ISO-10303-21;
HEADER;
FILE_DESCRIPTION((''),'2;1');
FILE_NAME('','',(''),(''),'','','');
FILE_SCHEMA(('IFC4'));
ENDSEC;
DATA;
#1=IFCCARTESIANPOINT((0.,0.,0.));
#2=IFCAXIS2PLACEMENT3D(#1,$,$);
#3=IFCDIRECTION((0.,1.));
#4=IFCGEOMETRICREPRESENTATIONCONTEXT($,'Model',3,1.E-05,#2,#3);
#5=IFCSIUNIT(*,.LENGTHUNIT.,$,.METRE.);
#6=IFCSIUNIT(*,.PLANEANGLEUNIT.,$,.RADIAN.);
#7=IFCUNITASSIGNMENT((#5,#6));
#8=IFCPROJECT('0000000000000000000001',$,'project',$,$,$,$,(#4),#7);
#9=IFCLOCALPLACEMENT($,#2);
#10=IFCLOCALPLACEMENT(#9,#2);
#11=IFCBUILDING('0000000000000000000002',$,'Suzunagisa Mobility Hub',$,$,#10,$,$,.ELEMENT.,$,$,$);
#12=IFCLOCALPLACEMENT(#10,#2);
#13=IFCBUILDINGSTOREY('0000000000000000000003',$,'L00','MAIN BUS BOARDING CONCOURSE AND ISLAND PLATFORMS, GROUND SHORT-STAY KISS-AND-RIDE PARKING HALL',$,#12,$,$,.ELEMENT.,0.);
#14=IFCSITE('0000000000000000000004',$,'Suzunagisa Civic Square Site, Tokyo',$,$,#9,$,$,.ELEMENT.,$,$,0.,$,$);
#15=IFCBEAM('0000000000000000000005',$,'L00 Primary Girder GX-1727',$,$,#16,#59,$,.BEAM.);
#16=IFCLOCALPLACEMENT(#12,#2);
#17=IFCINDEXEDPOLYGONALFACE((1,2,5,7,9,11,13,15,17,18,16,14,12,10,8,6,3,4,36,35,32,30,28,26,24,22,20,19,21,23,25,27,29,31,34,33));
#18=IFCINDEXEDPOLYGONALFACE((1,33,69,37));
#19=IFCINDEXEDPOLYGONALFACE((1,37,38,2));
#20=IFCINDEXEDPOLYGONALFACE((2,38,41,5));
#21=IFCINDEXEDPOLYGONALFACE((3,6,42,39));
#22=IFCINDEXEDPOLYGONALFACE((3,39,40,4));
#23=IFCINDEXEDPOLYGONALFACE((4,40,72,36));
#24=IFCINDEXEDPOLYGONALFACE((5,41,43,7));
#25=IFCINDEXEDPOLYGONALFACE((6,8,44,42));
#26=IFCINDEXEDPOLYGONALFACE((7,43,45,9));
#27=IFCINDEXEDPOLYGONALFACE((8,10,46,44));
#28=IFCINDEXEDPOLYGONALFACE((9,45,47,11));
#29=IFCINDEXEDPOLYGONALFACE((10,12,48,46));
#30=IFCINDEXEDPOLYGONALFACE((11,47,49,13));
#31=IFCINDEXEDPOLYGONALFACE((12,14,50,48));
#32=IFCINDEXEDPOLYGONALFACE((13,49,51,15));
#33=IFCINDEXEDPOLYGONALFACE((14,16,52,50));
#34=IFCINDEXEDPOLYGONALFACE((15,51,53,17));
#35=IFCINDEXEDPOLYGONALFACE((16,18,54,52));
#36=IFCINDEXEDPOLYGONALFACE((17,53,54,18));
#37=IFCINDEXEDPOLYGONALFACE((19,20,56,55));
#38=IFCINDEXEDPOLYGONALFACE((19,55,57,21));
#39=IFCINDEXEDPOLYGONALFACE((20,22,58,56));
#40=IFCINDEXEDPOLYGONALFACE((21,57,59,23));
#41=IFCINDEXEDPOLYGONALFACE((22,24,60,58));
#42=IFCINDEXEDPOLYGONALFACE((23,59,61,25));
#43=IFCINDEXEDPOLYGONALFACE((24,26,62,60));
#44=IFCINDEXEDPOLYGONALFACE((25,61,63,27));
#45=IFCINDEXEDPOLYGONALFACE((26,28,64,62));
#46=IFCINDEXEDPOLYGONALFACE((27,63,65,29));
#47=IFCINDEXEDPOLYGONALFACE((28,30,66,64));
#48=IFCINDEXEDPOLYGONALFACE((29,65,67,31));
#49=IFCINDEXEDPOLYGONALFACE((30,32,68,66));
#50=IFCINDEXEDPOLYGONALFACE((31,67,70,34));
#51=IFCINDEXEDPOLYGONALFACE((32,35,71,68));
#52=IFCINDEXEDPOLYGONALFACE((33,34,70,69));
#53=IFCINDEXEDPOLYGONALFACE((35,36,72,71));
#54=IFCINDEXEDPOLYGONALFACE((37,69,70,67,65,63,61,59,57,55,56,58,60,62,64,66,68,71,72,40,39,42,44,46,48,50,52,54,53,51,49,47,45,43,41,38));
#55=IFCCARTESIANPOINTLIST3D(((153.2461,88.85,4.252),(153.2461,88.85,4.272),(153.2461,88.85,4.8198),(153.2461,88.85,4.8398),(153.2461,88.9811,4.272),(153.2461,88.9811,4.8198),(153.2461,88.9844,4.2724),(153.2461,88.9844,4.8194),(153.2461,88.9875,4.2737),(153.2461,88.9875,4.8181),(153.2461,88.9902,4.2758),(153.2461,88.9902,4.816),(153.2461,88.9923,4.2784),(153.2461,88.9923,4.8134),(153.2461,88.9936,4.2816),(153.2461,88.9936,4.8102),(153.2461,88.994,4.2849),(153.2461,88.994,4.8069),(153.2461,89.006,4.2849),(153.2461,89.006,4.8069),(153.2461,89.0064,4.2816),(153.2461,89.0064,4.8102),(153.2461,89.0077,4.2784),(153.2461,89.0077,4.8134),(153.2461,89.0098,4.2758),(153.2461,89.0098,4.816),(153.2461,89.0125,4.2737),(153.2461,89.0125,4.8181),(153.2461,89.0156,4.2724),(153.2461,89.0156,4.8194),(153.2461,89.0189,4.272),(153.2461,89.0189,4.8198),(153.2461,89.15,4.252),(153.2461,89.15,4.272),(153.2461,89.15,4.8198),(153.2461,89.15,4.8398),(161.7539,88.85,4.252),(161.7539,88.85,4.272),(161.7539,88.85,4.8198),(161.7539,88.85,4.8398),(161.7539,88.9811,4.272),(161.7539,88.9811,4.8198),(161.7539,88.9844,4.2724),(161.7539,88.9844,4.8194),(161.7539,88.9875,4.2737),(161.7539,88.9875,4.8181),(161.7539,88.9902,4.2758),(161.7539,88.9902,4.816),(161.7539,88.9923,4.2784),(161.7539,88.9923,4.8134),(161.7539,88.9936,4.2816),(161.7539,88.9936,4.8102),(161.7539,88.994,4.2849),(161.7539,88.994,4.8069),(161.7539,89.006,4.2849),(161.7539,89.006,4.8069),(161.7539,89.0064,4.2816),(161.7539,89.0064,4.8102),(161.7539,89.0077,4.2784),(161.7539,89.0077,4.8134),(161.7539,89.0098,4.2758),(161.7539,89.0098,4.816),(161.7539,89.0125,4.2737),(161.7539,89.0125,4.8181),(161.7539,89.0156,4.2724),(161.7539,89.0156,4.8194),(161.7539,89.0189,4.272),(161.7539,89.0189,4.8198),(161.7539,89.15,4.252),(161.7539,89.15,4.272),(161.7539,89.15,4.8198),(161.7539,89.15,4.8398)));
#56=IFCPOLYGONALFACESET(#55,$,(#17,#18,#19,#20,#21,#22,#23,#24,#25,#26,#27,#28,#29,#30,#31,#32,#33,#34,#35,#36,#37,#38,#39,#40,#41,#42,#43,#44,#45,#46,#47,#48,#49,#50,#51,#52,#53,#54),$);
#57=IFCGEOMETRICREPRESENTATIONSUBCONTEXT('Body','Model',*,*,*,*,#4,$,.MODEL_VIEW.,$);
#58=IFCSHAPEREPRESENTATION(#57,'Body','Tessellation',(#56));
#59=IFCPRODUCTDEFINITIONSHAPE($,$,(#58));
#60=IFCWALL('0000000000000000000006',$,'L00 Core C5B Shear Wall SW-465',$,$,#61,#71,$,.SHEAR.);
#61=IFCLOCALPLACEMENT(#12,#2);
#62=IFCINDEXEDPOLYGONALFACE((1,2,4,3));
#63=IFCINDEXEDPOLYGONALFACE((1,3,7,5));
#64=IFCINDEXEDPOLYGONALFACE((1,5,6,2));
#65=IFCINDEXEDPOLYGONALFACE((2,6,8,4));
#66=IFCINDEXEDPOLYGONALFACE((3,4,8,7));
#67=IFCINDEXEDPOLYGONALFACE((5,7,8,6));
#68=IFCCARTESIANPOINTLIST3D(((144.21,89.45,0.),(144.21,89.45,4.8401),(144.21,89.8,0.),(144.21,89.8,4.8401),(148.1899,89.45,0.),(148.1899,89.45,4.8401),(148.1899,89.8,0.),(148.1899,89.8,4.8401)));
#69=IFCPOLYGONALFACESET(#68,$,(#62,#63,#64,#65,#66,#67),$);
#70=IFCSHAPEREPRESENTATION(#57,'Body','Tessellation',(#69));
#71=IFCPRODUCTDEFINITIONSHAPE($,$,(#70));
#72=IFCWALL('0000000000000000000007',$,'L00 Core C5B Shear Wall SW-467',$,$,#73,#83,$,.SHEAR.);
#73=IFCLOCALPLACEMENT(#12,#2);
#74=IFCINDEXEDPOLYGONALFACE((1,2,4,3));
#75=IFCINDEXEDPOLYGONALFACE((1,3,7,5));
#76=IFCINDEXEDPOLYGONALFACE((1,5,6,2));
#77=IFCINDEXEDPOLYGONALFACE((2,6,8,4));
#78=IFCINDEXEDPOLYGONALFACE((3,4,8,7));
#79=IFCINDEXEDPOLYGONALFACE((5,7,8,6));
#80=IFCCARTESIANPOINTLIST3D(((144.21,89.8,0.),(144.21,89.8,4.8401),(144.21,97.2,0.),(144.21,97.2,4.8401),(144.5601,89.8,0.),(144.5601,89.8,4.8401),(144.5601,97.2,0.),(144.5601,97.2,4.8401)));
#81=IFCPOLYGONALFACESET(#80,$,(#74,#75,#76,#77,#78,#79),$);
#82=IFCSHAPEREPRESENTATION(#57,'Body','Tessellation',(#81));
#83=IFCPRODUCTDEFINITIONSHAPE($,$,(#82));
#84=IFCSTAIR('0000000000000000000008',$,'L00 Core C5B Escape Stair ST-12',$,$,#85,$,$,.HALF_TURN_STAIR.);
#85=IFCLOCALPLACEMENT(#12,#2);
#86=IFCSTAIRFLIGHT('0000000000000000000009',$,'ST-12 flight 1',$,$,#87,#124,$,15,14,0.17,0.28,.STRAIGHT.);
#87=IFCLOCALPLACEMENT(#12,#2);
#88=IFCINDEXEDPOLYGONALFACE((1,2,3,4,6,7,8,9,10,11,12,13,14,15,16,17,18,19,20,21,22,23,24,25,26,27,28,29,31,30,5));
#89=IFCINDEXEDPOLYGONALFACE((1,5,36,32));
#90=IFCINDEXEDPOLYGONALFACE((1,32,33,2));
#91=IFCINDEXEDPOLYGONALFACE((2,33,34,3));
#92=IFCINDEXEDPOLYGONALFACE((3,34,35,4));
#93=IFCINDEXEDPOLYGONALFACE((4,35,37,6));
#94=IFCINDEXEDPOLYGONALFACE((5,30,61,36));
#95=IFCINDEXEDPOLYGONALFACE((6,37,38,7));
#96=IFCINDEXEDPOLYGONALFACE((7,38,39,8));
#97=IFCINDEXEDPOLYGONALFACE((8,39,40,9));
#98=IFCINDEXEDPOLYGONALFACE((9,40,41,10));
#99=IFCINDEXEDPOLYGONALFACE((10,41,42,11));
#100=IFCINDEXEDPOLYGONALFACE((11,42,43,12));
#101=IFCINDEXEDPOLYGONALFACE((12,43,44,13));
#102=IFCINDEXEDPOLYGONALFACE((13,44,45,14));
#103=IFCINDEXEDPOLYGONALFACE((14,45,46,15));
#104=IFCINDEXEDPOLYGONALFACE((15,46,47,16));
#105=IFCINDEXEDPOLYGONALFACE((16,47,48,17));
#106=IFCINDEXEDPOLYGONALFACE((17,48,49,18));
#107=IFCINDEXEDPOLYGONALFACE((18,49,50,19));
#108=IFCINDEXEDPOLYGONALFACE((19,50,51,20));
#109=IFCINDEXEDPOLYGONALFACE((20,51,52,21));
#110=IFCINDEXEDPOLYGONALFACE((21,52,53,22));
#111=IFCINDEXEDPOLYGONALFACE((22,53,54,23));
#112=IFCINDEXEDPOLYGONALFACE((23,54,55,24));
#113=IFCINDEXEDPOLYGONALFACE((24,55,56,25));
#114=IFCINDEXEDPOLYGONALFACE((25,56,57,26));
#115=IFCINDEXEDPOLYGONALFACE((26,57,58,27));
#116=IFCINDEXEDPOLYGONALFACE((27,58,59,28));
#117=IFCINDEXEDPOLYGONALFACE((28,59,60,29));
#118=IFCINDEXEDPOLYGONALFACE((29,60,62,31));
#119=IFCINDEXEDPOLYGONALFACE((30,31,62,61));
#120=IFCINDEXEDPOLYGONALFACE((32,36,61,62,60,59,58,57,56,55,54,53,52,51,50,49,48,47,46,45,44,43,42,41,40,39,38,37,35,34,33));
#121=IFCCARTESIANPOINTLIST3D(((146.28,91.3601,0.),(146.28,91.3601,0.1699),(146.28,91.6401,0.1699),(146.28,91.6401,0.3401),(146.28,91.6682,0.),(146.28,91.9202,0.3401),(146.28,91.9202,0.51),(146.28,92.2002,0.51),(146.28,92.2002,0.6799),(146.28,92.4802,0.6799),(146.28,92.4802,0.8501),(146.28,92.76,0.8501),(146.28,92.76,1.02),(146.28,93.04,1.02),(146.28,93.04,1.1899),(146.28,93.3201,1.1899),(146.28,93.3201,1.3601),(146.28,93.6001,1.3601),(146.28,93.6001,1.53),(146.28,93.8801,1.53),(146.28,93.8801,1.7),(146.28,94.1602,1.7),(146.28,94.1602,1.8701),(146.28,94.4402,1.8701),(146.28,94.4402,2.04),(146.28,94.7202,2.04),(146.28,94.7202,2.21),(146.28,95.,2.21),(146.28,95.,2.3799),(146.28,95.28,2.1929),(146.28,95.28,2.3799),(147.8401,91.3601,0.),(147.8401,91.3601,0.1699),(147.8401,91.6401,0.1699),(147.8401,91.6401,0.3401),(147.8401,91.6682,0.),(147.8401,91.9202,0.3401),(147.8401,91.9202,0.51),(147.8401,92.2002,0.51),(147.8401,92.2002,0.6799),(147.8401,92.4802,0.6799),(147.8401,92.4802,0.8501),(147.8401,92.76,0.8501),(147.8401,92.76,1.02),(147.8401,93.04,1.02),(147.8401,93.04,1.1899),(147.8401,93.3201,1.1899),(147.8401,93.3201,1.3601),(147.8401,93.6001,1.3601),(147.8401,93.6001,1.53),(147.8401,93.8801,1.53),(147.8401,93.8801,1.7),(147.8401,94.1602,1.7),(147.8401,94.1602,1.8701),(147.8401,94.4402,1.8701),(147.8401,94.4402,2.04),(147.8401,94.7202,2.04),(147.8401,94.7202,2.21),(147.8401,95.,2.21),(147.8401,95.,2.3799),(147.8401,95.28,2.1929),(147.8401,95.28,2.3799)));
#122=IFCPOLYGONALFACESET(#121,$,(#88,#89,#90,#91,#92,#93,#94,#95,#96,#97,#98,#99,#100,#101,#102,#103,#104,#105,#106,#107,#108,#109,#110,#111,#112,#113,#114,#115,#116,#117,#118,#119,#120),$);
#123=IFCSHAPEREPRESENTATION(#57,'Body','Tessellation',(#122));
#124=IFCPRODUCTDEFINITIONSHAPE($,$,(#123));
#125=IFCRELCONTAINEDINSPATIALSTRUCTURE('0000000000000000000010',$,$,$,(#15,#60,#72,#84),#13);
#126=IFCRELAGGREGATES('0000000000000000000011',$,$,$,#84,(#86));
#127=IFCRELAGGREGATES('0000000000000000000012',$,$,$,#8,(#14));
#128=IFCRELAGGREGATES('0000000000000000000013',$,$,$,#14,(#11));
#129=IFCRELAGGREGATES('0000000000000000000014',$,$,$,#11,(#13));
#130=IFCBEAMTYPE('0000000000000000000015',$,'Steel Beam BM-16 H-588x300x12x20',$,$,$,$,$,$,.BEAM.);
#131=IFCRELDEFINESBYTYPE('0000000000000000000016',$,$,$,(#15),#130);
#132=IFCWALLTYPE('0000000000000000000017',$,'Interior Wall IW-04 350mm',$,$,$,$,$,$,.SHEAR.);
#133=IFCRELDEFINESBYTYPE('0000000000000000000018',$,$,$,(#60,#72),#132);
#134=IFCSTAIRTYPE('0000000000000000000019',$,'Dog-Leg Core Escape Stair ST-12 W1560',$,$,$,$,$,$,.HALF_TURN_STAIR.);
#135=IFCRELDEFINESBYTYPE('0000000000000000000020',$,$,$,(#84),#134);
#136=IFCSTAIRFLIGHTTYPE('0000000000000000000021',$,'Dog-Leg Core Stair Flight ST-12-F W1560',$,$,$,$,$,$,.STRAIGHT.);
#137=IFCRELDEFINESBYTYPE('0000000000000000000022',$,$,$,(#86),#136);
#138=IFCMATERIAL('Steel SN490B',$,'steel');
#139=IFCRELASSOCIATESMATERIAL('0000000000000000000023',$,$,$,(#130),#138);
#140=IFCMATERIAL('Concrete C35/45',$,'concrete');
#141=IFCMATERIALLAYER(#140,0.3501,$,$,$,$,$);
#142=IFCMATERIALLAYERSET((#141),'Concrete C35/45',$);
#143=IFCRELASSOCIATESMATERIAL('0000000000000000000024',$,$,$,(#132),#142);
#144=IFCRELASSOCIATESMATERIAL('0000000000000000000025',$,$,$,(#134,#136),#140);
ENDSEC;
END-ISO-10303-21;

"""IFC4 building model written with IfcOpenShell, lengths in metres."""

from ifc_helpers import new_model, si_unit, direction, frame, frame_2d, origin, origin_2d, place, context, subcontext, project, spatial, polyline, rectangle, i_section, outline, extrude, material, layer, layer_set, material_profile, profile_set, type_object, element, aggregate, save


model = new_model("IFC4")

# Units and contexts
model_context = context("Model", 3, precision=1e-05, world=origin(), true_north=direction((0.0, 1.0)))
body_context = subcontext(model_context, "Body", "Model", "MODEL_VIEW")
ifc_project = project(units=[si_unit("LENGTHUNIT", "METRE"), si_unit("PLANEANGLEUNIT", "RADIAN")], contexts=[model_context])

# Site, building, storey
site_placement = place(None, origin())
site = spatial("IfcSite", under=ifc_project, at=site_placement, Name="Suzunagisa Civic Square Site, Tokyo", CompositionType="ELEMENT", RefElevation=0.0)
building_placement = place(site_placement, origin())
building = spatial("IfcBuilding", under=site, at=building_placement, Name="Suzunagisa Mobility Hub", CompositionType="ELEMENT")
storey_placement = place(building_placement, origin())
storey = spatial("IfcBuildingStorey", under=building, at=storey_placement, Name="L00", Description="MAIN BUS BOARDING CONCOURSE AND ISLAND PLATFORMS, GROUND SHORT-STAY KISS-AND-RIDE PARKING HALL", CompositionType="ELEMENT", Elevation=0.0)

# Shared definitions
ifc_material_1 = material(Name="Steel SN490B", Category="steel")

# Beam
ifc_material_profile_1 = material_profile(ifc_material_1, i_section(OverallWidth=0.3, OverallDepth=0.5879, WebThickness=0.012, FlangeThickness=0.02, FilletRadius=0.0129, at=origin_2d()), Name="H-588x300x12x20")
ifc_profile_set_1 = profile_set([ifc_material_profile_1], Name="Steel SN490B")
beam_type_1 = type_object("IfcBeamType", Name="Steel Beam BM-16 H-588x300x12x20", PredefinedType="BEAM", material=ifc_profile_set_1)
for number, where, z_axis, x_axis, name in (
    (1, (153.2461, 89.0, 4.5459), (1.0, 0.0, 0.0), (0.0, 1.0, 0.0), "L00 Primary Girder GX-1727"),
):
    element("IfcBeam", number, at=place(storey_placement, frame(where, z_axis=z_axis, x_axis=x_axis)), inside=storey, type_object=beam_type_1, Name=name, PredefinedType="BEAM", context=body_context, shape_type="SweptSolid", body=[
        extrude(i_section(OverallWidth=0.3, OverallDepth=0.5879, WebThickness=0.012, FlangeThickness=0.02, FilletRadius=0.0129, at=origin_2d()), origin(), (0.0, 0.0, 1.0), 8.5078),
    ])

# Walls
ifc_material_2 = material(Name="Concrete C35/45", Category="concrete")
ifc_layer = layer(ifc_material_2, 0.3501)
ifc_layer_set = layer_set([ifc_layer], Name="Concrete C35/45")
wall_type = type_object("IfcWallType", Name="Interior Wall IW-04 350mm", PredefinedType="SHEAR", material=ifc_layer_set)
wall_1_placement = place(storey_placement, frame((144.21, 89.625, 0.0), z_axis=(0.0, 0.0, 1.0), x_axis=(1.0, 0.0, 0.0)))
element("IfcWall", 2, at=wall_1_placement, inside=storey, type_object=wall_type, Name="L00 Core C5B Shear Wall SW-465", PredefinedType="SHEAR", context=body_context, shape_type="SweptSolid", body=[
    extrude(rectangle(XDim=3.98, YDim=0.3501, at=frame_2d((1.99, 0.0))), origin(), (0.0, 0.0, 1.0), 4.8401),
])
wall_2_placement = place(storey_placement, frame((144.385, 89.8, 0.0), z_axis=(0.0, 0.0, 1.0), x_axis=(0.0, 1.0, 0.0)))
element("IfcWall", 3, at=wall_2_placement, inside=storey, type_object=wall_type, Name="L00 Core C5B Shear Wall SW-467", PredefinedType="SHEAR", context=body_context, shape_type="SweptSolid", body=[
    extrude(rectangle(XDim=7.3999, YDim=0.3501, at=frame_2d((3.7, 0.0))), origin(), (0.0, 0.0, 1.0), 4.8401),
])

# Stair, stair flight
stair_type = type_object("IfcStairType", Name="Dog-Leg Core Escape Stair ST-12 W1560", PredefinedType="HALF_TURN_STAIR", material=ifc_material_2)
stair_placement = place(storey_placement, origin())
stair = element("IfcStair", 4, at=stair_placement, inside=storey, type_object=stair_type, Name="L00 Core C5B Escape Stair ST-12", PredefinedType="HALF_TURN_STAIR")
stair_flight_type = type_object("IfcStairFlightType", Name="Dog-Leg Core Stair Flight ST-12-F W1560", PredefinedType="STRAIGHT", material=ifc_material_2)
stair_flight_placement = place(storey_placement, frame((147.0601, 91.3601, 0.0), z_axis=(0.0, 0.0, 1.0), x_axis=(0.0, 1.0, 0.0)))
stair_flight = element("IfcStairFlight", 5, at=stair_flight_placement, type_object=stair_flight_type, Name="ST-12 flight 1", NumberOfRisers=15, NumberOfTreads=14, PredefinedType="STRAIGHT", RiserHeight=0.17, TreadLength=0.28, context=body_context, shape_type="SweptSolid", body=[
    extrude(outline(polyline([(0.0, 0.0), (0.0, 0.1699), (0.28, 0.1699), (0.28, 0.3401), (0.5601, 0.3401), (0.5601, 0.51), (0.8401, 0.51), (0.8401, 0.6799), (1.1201, 0.6799), (1.1201, 0.8501), (1.3999, 0.8501), (1.3999, 1.02), (1.6799, 1.02), (1.6799, 1.1899), (1.96, 1.1899), (1.96, 1.3601), (2.24, 1.3601), (2.24, 1.53), (2.52, 1.53), (2.52, 1.7), (2.8, 1.7), (2.8, 1.8701), (3.0801, 1.8701), (3.0801, 2.04), (3.3601, 2.04), (3.3601, 2.21), (3.6399, 2.21), (3.6399, 2.3799), (3.9199, 2.3799), (3.9199, 2.55), (3.9199, 2.1929), (0.3081, 0.0), (0.0, 0.0)])), frame((0.0, 0.78, 0.0), z_axis=(0.0, -1.0, 0.0), x_axis=(1.0, 0.0, 0.0)), (0.0, 0.0, 1.0), 1.5601),
])
aggregate(stair, [stair_flight])

save(model, "model.ifc")
